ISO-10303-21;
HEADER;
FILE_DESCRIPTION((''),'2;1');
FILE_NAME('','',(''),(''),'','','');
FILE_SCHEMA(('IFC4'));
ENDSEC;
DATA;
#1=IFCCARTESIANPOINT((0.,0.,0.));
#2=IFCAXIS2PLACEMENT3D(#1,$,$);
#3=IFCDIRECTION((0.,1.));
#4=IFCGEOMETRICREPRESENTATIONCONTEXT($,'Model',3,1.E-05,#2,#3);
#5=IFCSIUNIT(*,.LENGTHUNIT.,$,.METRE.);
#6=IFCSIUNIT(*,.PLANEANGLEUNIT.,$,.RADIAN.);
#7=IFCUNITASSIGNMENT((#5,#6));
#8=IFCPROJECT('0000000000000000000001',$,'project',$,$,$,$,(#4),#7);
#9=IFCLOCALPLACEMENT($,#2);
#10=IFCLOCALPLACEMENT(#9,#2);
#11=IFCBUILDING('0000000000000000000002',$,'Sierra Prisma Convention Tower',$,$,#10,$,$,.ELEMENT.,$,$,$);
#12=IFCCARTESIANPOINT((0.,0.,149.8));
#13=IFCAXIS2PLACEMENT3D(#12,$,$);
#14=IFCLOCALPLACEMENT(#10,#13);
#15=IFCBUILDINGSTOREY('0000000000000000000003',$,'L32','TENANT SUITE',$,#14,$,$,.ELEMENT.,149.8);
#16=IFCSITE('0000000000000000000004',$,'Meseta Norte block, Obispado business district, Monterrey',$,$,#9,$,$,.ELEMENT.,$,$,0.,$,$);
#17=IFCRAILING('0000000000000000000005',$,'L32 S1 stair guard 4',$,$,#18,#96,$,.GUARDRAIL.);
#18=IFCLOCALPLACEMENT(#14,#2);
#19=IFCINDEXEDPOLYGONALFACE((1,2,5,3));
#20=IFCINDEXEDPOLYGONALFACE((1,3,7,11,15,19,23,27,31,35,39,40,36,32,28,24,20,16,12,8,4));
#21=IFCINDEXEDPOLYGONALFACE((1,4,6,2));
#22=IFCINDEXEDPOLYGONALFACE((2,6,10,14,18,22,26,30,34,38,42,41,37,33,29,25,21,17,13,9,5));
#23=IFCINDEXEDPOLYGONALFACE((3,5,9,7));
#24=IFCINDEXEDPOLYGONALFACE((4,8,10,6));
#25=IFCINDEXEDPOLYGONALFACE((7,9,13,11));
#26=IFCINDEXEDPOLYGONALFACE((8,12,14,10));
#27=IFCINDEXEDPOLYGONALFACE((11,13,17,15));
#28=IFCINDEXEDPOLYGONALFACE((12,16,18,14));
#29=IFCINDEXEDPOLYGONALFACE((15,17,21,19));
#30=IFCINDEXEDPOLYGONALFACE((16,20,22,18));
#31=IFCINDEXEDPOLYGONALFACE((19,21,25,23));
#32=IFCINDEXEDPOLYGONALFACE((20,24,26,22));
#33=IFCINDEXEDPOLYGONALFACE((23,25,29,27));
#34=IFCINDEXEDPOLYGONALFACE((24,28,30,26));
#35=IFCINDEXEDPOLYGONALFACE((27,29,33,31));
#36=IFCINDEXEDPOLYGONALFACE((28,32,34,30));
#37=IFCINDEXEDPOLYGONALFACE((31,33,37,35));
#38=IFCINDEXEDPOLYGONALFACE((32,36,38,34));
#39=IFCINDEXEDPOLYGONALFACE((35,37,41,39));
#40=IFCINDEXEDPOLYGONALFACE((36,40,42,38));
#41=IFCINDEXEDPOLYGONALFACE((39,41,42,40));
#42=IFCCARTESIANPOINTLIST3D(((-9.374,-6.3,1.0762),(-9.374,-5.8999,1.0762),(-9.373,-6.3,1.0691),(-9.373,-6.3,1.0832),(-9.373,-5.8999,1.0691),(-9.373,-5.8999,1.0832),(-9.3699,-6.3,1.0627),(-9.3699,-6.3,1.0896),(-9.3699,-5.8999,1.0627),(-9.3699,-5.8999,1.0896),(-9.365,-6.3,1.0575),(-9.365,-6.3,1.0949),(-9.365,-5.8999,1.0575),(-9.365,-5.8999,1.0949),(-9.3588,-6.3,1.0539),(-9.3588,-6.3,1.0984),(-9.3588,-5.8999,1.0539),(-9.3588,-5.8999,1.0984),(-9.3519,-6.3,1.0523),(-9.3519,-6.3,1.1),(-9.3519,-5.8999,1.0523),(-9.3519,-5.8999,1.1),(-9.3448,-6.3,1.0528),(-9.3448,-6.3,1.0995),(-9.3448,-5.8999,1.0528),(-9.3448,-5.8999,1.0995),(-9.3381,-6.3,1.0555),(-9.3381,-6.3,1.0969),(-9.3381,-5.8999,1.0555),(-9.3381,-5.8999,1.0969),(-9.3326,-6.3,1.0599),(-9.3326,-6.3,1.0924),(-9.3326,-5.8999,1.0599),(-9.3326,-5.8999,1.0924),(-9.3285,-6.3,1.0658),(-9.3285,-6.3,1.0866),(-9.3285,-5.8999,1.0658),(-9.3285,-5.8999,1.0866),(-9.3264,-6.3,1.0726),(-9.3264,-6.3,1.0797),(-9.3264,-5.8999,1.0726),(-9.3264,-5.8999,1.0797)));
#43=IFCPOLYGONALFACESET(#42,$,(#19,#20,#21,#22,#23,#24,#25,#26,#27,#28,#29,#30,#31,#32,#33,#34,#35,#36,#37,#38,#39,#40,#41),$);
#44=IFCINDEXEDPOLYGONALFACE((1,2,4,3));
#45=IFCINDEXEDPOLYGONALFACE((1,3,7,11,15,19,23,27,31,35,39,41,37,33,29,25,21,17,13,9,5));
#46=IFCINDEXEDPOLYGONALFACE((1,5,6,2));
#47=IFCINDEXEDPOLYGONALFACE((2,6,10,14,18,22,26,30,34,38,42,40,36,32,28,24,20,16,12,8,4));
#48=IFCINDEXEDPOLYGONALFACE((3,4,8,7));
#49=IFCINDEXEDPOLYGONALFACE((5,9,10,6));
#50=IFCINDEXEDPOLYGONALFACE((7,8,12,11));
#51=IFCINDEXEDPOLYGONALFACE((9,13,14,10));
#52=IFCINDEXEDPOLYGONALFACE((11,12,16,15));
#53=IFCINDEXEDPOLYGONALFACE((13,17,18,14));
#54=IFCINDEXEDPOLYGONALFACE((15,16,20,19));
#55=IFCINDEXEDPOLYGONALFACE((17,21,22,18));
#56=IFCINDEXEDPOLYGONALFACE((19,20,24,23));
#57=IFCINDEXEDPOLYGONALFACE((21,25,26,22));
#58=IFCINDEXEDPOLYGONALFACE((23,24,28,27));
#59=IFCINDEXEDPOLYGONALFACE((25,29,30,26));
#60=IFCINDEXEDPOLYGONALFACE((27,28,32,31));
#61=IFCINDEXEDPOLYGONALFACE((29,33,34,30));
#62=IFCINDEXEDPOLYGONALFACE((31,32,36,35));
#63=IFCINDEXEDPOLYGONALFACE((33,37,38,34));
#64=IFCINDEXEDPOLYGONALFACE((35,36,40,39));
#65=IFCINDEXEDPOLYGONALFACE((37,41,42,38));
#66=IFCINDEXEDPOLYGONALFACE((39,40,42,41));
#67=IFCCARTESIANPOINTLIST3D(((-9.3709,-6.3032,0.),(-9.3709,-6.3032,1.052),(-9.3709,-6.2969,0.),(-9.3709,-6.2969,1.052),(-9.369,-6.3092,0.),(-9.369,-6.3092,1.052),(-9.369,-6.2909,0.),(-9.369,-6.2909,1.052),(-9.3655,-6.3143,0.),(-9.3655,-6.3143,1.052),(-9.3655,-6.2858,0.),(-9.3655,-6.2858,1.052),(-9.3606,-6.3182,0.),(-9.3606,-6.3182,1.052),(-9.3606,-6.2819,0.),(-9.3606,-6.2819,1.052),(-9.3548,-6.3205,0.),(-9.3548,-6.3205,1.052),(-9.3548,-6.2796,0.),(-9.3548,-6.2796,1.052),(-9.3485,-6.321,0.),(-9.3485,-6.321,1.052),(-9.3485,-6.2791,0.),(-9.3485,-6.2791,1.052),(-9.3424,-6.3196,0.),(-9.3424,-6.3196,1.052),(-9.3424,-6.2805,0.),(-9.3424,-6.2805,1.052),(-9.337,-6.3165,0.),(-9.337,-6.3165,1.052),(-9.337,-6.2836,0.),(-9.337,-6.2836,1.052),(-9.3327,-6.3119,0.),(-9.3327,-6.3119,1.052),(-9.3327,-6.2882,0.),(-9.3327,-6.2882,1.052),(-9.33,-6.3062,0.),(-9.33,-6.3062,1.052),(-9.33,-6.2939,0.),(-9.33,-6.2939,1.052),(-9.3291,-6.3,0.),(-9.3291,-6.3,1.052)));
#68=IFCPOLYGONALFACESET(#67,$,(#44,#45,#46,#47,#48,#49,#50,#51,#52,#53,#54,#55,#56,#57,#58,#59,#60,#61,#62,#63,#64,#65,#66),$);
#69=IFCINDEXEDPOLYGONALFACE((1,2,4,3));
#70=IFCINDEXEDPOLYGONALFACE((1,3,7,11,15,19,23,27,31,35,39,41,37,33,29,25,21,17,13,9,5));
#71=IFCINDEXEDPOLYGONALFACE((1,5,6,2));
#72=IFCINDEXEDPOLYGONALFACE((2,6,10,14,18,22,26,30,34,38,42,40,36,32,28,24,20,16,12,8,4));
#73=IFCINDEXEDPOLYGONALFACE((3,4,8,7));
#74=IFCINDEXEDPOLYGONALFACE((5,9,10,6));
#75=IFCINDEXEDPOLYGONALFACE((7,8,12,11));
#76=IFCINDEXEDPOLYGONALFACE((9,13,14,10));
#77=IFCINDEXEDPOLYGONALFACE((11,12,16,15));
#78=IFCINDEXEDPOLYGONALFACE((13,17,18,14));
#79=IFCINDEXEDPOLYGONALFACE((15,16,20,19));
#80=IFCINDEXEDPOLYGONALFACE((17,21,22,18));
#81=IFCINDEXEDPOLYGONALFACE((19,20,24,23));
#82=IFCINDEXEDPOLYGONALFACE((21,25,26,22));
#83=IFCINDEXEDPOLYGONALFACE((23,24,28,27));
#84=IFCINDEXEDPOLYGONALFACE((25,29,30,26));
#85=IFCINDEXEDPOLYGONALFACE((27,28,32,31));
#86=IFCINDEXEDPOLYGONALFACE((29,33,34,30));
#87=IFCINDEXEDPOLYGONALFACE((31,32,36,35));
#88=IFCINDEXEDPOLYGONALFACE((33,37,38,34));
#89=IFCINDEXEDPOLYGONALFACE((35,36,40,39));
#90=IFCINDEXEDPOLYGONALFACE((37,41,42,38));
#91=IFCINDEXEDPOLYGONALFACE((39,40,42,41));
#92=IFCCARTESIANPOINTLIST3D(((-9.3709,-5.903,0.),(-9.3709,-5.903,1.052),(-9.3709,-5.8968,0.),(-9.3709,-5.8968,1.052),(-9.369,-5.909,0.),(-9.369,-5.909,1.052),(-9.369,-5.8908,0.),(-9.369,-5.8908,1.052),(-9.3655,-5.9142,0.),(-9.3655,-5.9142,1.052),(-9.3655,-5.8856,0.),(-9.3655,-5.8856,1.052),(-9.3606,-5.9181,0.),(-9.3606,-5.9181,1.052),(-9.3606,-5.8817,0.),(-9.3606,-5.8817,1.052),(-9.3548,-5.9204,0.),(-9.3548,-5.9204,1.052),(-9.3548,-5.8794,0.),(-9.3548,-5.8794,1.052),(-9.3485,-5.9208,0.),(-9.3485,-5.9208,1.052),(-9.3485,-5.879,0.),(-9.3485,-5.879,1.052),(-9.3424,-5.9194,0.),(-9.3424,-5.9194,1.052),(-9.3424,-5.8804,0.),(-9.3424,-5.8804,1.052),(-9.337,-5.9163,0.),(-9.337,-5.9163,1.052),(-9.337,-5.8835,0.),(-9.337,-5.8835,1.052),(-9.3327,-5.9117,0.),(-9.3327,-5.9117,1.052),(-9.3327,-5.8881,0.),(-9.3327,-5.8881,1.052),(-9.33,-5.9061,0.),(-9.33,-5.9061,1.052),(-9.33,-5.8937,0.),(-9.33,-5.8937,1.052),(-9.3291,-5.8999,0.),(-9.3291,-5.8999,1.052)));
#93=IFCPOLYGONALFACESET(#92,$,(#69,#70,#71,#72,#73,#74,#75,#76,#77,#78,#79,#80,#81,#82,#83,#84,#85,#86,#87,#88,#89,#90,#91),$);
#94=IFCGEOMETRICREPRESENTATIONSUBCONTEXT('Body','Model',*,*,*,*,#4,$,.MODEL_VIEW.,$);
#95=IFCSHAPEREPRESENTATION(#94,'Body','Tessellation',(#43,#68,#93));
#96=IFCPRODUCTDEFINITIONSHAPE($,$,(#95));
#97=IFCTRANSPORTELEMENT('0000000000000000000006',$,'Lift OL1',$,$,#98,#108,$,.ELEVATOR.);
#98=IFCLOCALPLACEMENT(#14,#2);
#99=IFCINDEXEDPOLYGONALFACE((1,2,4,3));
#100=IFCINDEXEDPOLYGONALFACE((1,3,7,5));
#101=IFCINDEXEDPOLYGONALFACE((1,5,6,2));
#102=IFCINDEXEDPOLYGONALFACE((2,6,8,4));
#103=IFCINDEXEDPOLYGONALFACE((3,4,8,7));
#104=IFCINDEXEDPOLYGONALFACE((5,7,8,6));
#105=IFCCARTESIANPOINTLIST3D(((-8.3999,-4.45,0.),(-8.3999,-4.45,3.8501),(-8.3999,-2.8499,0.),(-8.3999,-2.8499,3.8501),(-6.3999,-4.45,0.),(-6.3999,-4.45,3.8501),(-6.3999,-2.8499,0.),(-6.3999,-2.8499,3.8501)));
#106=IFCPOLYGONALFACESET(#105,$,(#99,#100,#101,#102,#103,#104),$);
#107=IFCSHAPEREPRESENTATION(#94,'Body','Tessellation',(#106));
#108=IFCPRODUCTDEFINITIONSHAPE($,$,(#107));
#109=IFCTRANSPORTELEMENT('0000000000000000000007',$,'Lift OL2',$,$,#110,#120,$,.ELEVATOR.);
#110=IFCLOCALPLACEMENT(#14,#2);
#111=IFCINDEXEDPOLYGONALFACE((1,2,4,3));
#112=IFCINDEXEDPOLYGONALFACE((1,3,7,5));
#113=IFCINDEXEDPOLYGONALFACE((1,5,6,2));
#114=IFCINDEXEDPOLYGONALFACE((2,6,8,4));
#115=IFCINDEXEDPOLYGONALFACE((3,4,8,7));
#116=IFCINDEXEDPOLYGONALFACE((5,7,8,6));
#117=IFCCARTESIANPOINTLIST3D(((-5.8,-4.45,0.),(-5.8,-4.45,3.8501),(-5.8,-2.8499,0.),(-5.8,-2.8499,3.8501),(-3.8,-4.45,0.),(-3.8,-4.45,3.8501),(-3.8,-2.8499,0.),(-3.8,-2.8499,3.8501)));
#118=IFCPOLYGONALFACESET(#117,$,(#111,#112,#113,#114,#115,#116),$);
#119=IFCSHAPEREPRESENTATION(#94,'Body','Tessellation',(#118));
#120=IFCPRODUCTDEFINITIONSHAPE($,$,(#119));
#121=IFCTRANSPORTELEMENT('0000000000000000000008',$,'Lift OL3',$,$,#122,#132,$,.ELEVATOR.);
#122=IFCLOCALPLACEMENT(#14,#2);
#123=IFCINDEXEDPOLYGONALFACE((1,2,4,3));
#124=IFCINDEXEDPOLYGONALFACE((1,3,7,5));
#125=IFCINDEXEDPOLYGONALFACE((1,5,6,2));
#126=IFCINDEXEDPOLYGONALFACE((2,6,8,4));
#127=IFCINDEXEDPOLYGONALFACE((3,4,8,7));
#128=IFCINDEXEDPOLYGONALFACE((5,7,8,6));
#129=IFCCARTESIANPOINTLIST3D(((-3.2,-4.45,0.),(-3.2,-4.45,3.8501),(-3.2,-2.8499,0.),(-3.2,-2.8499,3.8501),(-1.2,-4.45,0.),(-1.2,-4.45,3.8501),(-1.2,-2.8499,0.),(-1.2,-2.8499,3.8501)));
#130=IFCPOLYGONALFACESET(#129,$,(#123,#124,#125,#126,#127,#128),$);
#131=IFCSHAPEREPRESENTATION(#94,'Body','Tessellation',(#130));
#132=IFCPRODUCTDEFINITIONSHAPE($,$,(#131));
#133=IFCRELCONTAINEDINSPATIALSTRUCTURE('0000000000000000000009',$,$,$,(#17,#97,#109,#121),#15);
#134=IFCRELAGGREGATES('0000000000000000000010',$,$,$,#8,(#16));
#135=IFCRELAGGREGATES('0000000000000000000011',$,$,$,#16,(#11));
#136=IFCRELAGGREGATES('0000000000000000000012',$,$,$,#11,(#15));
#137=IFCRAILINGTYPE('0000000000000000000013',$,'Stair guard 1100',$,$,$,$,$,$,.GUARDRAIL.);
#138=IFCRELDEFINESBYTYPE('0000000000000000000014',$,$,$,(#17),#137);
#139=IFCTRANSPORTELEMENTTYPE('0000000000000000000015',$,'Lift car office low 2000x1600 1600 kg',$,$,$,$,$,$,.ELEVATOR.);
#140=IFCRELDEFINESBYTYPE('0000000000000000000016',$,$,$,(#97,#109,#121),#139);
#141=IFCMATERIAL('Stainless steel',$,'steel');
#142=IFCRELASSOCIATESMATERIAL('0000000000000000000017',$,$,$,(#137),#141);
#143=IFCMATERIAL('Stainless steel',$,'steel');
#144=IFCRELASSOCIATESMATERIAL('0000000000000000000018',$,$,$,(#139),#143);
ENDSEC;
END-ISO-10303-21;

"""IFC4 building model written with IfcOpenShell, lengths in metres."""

from ifc_helpers import new_model, si_unit, direction, frame, origin, origin_2d, place, context, subcontext, project, spatial, rectangle, circle, extrude, material, type_object, element, save


model = new_model("IFC4")

# Units and contexts
model_context = context("Model", 3, precision=1e-05, world=origin(), true_north=direction((0.0, 1.0)))
body_context = subcontext(model_context, "Body", "Model", "MODEL_VIEW")
ifc_project = project(units=[si_unit("LENGTHUNIT", "METRE"), si_unit("PLANEANGLEUNIT", "RADIAN")], contexts=[model_context])

# Site, building, storey
site_placement = place(None, origin())
site = spatial("IfcSite", under=ifc_project, at=site_placement, Name="Meseta Norte block, Obispado business district, Monterrey", CompositionType="ELEMENT", RefElevation=0.0)
building_placement = place(site_placement, origin())
building = spatial("IfcBuilding", under=site, at=building_placement, Name="Sierra Prisma Convention Tower", CompositionType="ELEMENT")
storey_placement = place(building_placement, frame((0.0, 0.0, 149.8)))
storey = spatial("IfcBuildingStorey", under=building, at=storey_placement, Name="L32", Description="TENANT SUITE", CompositionType="ELEMENT", Elevation=149.8)

# Railing
ifc_material_1 = material(Name="Stainless steel", Category="steel")
railing_type_1 = type_object("IfcRailingType", Name="Stair guard 1100", PredefinedType="GUARDRAIL", material=ifc_material_1)
railing_1_placement = place(storey_placement, frame((-9.3501, -6.3, 0.0)))
element("IfcRailing", 1, at=railing_1_placement, inside=storey, type_object=railing_type_1, Name="L32 S1 stair guard 4", PredefinedType="GUARDRAIL", context=body_context, shape_type="SweptSolid", body=[
    extrude(circle(Radius=0.0239, at=origin_2d()), frame((0.0, 0.0, 1.0762), z_axis=(0.0, 1.0, 0.0), x_axis=(-1.0, 0.0, 0.0)), (0.0, 0.0, 1.0), 0.4001),
    extrude(circle(Radius=0.021, at=origin_2d()), origin(), (0.0, 0.0, 1.0), 1.052),
    extrude(circle(Radius=0.021, at=origin_2d()), frame((0.0, 0.4001, 0.0)), (0.0, 0.0, 1.0), 1.052),
])

# Transport elements
ifc_material_2 = material(Name="Stainless steel", Category="steel")
transport_element_type = type_object("IfcTransportElementType", Name="Lift car office low 2000x1600 1600 kg", PredefinedType="ELEVATOR", material=ifc_material_2)
for number, where, z_axis, x_axis, name in (
    (2, (-7.3999, -3.6499, 0.0), (0.0, 0.0, 1.0), (1.0, 0.0, 0.0), "Lift OL1"),
    (3, (-4.8, -3.6499, 0.0), (0.0, 0.0, 1.0), (1.0, 0.0, 0.0), "Lift OL2"),
    (4, (-2.2, -3.6499, 0.0), (0.0, 0.0, 1.0), (1.0, 0.0, 0.0), "Lift OL3"),
):
    element("IfcTransportElement", number, at=place(storey_placement, frame(where, z_axis=z_axis, x_axis=x_axis)), inside=storey, type_object=transport_element_type, Name=name, PredefinedType="ELEVATOR", context=body_context, shape_type="SweptSolid", body=[
        extrude(rectangle(XDim=2.0, YDim=1.6001, at=origin_2d()), origin(), (0.0, 0.0, 1.0), 3.8501),
    ])

save(model, "model.ifc")
